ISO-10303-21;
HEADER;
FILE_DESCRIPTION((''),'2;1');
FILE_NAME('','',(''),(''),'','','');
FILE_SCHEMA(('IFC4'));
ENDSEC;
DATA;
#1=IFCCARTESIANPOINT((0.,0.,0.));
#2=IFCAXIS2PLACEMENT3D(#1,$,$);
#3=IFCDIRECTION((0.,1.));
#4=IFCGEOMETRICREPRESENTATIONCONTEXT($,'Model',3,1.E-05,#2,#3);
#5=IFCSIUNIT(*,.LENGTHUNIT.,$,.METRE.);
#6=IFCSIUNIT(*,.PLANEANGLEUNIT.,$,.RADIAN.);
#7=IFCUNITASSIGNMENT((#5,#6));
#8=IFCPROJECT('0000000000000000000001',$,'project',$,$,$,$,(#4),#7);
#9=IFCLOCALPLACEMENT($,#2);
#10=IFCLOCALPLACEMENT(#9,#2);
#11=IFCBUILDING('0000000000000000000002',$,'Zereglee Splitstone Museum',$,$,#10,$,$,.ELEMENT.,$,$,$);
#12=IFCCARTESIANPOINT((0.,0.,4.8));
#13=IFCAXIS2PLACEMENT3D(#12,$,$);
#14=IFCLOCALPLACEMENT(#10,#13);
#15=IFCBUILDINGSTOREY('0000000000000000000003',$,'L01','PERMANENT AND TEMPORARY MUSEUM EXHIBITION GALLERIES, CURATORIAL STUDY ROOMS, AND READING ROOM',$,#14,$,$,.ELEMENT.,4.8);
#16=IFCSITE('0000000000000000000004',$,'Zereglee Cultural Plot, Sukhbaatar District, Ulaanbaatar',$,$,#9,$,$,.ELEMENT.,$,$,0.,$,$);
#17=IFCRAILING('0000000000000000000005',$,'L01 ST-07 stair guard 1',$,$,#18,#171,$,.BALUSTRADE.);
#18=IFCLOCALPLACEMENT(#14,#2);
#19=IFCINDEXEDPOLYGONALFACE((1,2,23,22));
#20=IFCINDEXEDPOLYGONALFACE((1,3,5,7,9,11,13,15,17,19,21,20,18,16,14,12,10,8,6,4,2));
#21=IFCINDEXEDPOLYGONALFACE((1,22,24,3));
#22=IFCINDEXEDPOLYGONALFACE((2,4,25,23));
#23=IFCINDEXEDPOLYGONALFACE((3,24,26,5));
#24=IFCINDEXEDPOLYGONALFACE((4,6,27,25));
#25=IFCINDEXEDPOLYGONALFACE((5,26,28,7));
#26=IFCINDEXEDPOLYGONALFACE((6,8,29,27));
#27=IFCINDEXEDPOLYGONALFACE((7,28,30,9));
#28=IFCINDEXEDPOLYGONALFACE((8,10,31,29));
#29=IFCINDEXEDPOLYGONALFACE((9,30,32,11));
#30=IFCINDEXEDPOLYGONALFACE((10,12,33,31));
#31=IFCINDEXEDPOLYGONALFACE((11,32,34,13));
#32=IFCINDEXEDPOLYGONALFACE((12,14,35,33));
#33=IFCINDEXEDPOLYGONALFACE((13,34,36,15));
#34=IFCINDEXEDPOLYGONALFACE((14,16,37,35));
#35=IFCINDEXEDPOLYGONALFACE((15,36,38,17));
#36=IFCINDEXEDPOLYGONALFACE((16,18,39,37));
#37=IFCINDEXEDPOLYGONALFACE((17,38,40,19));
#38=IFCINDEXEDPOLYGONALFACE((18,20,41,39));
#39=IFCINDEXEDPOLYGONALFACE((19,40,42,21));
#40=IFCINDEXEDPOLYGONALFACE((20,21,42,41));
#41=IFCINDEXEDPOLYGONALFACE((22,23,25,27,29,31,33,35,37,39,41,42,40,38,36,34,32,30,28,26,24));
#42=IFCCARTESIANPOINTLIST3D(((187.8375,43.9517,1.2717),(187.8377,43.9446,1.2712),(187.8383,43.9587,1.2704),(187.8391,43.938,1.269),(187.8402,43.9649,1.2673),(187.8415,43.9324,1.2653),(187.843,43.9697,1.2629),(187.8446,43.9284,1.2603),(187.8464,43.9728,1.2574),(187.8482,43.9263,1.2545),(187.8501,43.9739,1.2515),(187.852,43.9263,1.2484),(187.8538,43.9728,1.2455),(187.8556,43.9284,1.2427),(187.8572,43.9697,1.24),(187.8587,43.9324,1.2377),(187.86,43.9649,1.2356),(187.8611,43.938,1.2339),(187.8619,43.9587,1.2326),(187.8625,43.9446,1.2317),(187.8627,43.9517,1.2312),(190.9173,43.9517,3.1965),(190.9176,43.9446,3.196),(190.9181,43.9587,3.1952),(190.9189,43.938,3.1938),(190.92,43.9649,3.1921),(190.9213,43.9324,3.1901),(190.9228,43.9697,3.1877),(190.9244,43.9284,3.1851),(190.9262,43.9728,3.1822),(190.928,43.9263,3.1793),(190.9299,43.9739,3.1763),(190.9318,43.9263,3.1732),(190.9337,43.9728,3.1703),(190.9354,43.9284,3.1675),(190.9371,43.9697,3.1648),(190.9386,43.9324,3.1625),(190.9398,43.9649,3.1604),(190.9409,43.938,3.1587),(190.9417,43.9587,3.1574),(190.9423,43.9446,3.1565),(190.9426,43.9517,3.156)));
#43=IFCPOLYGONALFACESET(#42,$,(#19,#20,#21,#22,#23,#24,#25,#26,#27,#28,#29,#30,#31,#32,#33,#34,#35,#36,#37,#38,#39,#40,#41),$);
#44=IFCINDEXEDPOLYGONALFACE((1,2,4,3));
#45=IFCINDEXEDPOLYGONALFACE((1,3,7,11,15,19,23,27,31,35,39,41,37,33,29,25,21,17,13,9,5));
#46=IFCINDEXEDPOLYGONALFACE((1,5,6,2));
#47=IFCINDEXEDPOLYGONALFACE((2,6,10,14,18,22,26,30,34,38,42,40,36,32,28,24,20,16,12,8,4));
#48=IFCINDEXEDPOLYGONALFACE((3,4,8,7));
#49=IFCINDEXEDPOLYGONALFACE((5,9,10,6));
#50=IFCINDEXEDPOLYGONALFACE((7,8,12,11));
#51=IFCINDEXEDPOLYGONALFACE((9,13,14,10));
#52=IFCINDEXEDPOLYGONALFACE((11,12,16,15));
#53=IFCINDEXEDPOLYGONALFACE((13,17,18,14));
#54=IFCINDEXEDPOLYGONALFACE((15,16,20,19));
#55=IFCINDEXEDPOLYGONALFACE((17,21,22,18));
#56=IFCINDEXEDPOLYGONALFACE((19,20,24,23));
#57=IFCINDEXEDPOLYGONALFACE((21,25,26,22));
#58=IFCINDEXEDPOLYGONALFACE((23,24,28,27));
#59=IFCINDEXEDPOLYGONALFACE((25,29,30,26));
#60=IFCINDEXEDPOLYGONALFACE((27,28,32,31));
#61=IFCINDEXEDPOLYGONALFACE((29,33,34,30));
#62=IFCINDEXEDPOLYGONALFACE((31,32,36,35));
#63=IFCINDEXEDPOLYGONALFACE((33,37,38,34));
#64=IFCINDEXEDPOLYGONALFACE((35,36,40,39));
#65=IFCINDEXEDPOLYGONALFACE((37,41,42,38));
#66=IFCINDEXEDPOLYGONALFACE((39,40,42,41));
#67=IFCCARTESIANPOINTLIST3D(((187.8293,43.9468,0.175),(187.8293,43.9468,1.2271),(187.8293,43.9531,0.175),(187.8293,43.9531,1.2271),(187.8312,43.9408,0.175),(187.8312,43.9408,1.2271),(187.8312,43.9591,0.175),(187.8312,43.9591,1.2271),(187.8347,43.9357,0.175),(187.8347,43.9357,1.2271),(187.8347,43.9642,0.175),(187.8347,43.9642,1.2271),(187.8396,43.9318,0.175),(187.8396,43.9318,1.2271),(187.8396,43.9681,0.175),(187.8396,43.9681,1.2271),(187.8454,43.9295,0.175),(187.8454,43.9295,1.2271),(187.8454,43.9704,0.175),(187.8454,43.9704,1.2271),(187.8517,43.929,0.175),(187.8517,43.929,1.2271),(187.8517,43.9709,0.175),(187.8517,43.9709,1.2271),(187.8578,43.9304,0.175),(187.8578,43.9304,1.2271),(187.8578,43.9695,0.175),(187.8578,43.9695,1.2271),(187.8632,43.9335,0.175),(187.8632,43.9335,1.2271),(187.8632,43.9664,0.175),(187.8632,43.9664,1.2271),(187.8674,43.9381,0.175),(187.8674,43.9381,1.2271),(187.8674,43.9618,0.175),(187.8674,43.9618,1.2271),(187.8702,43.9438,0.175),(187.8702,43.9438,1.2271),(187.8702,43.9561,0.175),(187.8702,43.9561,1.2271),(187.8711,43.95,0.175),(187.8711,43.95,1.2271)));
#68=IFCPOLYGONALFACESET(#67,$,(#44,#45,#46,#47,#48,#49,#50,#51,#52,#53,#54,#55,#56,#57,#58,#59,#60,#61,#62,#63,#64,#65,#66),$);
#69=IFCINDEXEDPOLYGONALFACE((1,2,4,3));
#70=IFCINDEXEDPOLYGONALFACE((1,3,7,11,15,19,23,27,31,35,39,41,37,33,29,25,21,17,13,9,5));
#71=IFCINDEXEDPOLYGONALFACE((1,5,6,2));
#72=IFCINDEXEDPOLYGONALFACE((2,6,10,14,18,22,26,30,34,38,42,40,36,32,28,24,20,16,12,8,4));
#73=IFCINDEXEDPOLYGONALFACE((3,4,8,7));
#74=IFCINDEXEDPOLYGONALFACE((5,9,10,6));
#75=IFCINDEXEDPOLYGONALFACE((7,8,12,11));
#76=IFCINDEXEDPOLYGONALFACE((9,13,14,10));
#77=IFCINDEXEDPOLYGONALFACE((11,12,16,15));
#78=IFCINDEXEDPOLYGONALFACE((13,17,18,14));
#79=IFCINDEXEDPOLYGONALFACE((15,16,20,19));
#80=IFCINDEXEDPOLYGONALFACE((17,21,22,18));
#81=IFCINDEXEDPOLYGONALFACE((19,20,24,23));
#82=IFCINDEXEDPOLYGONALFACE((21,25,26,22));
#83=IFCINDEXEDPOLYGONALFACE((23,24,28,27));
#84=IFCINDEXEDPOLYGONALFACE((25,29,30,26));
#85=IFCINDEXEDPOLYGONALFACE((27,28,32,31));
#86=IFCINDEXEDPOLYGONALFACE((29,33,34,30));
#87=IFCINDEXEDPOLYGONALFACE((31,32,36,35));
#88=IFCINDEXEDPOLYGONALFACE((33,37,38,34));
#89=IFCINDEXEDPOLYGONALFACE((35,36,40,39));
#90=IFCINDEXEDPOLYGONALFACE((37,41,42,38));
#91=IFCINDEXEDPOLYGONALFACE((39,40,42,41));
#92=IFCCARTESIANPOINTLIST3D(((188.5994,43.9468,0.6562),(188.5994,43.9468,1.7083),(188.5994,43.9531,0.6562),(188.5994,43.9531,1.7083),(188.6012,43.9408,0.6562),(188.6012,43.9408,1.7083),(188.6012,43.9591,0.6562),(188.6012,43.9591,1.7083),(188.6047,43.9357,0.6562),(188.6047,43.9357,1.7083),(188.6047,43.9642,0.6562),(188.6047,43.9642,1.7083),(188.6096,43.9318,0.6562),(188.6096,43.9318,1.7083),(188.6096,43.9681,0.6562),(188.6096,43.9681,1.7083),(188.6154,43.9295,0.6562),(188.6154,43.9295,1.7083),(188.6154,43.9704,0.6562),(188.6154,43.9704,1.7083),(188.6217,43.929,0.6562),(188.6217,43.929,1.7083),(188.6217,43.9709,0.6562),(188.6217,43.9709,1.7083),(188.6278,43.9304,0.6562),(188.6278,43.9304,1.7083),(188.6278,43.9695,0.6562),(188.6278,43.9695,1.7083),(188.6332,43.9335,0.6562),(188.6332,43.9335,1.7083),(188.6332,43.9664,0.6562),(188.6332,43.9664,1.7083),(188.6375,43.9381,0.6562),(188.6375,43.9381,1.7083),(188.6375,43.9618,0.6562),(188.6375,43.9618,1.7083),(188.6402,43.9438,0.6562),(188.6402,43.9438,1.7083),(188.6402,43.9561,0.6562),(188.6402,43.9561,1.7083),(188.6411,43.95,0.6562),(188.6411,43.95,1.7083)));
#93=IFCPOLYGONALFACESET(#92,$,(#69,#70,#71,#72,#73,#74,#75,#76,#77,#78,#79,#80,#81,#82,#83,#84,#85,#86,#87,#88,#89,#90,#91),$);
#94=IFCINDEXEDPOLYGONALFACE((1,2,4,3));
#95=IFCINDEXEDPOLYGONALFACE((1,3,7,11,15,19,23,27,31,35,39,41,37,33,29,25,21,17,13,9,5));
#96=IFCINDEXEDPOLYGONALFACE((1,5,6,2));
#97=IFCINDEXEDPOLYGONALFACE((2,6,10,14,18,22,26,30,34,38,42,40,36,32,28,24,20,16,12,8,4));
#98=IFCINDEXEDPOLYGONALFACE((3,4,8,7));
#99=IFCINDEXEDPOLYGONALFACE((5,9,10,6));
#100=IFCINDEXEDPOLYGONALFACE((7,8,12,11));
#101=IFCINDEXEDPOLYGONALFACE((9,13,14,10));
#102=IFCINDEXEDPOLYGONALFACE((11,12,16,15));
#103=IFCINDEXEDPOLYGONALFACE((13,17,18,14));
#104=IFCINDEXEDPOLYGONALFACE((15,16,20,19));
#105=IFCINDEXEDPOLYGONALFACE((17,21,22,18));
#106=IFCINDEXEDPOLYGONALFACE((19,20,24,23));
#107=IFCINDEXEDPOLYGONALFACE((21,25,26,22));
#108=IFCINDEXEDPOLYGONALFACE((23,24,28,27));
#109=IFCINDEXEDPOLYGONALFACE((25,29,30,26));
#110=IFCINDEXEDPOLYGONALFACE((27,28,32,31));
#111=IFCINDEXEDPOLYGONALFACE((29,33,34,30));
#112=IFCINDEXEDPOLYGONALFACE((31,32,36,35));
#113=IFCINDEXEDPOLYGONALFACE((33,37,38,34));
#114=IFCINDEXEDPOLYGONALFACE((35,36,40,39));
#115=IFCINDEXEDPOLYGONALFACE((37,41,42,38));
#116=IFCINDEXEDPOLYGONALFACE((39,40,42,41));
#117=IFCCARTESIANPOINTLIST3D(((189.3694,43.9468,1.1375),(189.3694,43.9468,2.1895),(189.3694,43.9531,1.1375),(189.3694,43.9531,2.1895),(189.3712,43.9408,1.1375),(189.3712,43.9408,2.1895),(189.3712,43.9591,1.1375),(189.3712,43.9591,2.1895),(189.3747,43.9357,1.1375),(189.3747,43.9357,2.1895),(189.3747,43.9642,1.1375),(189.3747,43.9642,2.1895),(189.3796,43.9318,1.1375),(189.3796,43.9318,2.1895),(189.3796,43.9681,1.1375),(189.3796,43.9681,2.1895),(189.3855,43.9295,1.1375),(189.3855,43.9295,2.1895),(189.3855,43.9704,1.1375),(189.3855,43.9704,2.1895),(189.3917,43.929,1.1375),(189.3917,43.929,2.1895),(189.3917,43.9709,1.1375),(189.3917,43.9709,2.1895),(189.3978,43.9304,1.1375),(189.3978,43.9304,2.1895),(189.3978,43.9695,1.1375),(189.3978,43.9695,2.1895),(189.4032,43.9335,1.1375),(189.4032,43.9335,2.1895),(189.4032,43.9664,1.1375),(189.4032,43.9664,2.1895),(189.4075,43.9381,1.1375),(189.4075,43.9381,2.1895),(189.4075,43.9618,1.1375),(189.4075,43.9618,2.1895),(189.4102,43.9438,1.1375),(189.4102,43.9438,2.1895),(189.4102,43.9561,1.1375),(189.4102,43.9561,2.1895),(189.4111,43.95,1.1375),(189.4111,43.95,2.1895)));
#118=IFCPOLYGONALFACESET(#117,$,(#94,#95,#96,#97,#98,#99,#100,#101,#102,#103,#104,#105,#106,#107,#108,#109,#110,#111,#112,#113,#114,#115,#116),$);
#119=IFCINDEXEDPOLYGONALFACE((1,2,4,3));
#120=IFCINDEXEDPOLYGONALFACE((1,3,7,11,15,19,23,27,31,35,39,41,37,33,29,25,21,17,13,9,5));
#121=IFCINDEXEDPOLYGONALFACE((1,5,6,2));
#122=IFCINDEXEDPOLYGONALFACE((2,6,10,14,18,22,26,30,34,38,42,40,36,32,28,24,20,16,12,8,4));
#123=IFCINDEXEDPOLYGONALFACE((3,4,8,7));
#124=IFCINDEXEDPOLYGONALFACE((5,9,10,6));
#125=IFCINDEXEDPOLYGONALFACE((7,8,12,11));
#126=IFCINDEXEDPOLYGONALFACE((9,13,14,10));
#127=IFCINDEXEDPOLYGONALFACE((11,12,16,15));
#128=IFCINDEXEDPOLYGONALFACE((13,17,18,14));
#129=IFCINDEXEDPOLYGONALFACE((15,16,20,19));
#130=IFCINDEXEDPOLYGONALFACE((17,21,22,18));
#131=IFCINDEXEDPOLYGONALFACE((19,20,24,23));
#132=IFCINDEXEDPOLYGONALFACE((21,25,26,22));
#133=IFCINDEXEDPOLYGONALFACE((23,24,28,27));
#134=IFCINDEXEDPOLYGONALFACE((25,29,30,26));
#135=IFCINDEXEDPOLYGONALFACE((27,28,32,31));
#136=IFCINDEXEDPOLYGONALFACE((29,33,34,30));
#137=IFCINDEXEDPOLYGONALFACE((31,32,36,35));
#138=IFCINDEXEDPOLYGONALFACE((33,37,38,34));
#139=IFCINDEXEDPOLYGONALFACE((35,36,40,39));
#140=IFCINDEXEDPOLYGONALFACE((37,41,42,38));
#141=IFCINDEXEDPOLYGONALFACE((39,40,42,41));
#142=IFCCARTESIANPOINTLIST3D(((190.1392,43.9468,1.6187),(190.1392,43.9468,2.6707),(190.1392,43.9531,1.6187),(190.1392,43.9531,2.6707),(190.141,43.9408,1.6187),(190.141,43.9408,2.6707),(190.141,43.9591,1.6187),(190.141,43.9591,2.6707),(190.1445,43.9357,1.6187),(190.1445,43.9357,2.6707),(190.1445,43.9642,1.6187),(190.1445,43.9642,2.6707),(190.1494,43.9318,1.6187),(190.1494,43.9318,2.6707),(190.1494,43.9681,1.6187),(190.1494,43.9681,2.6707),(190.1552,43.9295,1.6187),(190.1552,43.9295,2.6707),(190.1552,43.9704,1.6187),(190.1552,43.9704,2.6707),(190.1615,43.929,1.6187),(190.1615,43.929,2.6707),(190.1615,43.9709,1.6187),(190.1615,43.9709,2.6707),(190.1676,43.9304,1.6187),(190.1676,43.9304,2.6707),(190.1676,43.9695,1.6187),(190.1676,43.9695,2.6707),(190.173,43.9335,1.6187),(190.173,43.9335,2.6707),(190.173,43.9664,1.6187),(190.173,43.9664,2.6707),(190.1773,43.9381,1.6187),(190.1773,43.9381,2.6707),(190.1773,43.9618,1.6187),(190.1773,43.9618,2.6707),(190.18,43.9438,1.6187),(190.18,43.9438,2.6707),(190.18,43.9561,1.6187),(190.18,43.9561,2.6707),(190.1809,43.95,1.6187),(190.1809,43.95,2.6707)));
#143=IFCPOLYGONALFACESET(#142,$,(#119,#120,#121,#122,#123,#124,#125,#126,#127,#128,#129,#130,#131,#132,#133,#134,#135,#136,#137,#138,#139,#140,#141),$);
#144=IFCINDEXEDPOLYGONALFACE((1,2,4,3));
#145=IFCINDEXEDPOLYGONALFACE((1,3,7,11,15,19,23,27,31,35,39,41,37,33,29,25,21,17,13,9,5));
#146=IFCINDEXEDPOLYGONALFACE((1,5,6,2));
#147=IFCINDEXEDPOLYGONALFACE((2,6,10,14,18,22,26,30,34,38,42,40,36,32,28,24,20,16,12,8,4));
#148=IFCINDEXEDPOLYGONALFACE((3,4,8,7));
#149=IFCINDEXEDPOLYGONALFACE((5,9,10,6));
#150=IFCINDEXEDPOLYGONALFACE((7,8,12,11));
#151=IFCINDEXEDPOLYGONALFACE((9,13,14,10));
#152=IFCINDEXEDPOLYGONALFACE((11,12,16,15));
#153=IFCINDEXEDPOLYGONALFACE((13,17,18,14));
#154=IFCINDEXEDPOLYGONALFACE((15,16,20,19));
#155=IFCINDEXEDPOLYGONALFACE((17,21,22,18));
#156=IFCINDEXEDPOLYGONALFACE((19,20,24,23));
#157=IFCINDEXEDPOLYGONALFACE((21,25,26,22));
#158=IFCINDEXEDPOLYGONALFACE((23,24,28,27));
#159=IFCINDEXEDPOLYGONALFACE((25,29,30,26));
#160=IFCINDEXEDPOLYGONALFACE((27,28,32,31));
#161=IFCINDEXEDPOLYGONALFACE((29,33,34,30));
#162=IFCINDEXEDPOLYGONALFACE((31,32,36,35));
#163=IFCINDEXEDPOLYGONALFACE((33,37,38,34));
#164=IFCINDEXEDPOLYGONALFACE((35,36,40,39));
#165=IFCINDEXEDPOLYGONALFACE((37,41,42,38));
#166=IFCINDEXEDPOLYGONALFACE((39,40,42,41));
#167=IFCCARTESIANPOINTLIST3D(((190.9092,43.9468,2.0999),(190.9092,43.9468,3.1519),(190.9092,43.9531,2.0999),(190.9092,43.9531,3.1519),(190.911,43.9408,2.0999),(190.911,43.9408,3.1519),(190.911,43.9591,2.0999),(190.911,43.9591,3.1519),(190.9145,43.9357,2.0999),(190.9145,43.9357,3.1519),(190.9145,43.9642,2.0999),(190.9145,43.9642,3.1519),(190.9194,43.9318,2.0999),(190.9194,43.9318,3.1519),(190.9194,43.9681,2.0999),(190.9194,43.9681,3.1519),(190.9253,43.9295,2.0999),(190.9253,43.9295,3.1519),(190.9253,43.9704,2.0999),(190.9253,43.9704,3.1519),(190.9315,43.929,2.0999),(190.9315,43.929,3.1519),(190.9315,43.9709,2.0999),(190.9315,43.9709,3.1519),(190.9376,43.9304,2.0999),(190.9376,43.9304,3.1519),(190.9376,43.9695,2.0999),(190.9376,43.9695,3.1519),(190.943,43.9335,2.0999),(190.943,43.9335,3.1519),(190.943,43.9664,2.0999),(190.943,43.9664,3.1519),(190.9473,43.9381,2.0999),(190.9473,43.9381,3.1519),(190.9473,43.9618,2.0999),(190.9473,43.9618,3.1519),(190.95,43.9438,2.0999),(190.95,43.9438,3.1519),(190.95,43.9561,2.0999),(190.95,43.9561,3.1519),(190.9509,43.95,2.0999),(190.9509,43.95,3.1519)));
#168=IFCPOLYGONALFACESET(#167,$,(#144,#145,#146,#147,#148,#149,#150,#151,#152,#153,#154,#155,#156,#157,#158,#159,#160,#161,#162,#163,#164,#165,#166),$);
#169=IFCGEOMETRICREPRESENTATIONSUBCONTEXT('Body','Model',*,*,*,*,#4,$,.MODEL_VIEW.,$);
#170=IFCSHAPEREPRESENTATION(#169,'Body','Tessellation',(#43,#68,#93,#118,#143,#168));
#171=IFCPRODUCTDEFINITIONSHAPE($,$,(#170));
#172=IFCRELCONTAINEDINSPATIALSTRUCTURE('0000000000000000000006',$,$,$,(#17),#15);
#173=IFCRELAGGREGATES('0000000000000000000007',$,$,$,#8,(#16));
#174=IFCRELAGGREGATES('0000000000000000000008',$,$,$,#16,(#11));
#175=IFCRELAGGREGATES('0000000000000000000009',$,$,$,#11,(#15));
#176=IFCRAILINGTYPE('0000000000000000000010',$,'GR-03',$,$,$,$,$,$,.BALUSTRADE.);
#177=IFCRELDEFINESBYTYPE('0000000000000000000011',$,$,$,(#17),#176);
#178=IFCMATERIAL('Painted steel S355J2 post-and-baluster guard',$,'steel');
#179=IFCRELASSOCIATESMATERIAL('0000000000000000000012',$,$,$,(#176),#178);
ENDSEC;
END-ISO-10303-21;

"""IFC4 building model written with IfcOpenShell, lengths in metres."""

from ifc_helpers import new_model, si_unit, direction, frame, origin, origin_2d, place, context, subcontext, project, spatial, circle, extrude, material, type_object, element, save


model = new_model("IFC4")

# Units and contexts
model_context = context("Model", 3, precision=1e-05, world=origin(), true_north=direction((0.0, 1.0)))
body_context = subcontext(model_context, "Body", "Model", "MODEL_VIEW")
ifc_project = project(units=[si_unit("LENGTHUNIT", "METRE"), si_unit("PLANEANGLEUNIT", "RADIAN")], contexts=[model_context])

# Site, building, storey
site_placement = place(None, origin())
site = spatial("IfcSite", under=ifc_project, at=site_placement, Name="Zereglee Cultural Plot, Sukhbaatar District, Ulaanbaatar", CompositionType="ELEMENT", RefElevation=0.0)
building_placement = place(site_placement, origin())
building = spatial("IfcBuilding", under=site, at=building_placement, Name="Zereglee Splitstone Museum", CompositionType="ELEMENT")
storey_placement = place(building_placement, frame((0.0, 0.0, 4.8)))
storey = spatial("IfcBuildingStorey", under=building, at=storey_placement, Name="L01", Description="PERMANENT AND TEMPORARY MUSEUM EXHIBITION GALLERIES, CURATORIAL STUDY ROOMS, AND READING ROOM", CompositionType="ELEMENT", Elevation=4.8)

# Railing
ifc_material_1 = material(Name="Painted steel S355J2 post-and-baluster guard", Category="steel")
railing_type_1 = type_object("IfcRailingType", Name="GR-03", PredefinedType="BALUSTRADE", material=ifc_material_1)
railing_1_placement = place(storey_placement, frame((187.8501, 43.95, 0.175)))
element("IfcRailing", 1, at=railing_1_placement, inside=storey, type_object=railing_type_1, Name="L01 ST-07 stair guard 1", PredefinedType="BALUSTRADE", context=body_context, shape_type="SweptSolid", body=[
    extrude(circle(Radius=0.0239, at=origin_2d()), frame((0.0, 0.0, 1.0764), z_axis=(0.84801, 0.0, 0.529981), x_axis=(0.0, 1.0, 0.0)), (0.0, 0.0, 1.0), 3.6318),
    extrude(circle(Radius=0.021, at=origin_2d()), origin(), (0.0, 0.0, 1.0), 1.052),
    extrude(circle(Radius=0.021, at=origin_2d()), frame((0.77, 0.0, 0.4812)), (0.0, 0.0, 1.0), 1.052),
    extrude(circle(Radius=0.021, at=origin_2d()), frame((1.54, 0.0, 0.9624)), (0.0, 0.0, 1.0), 1.052),
    extrude(circle(Radius=0.021, at=origin_2d()), frame((2.3098, 0.0, 1.4436)), (0.0, 0.0, 1.0), 1.052),
    extrude(circle(Radius=0.021, at=origin_2d()), frame((3.0798, 0.0, 1.9248)), (0.0, 0.0, 1.0), 1.052),
])

save(model, "model.ifc")
